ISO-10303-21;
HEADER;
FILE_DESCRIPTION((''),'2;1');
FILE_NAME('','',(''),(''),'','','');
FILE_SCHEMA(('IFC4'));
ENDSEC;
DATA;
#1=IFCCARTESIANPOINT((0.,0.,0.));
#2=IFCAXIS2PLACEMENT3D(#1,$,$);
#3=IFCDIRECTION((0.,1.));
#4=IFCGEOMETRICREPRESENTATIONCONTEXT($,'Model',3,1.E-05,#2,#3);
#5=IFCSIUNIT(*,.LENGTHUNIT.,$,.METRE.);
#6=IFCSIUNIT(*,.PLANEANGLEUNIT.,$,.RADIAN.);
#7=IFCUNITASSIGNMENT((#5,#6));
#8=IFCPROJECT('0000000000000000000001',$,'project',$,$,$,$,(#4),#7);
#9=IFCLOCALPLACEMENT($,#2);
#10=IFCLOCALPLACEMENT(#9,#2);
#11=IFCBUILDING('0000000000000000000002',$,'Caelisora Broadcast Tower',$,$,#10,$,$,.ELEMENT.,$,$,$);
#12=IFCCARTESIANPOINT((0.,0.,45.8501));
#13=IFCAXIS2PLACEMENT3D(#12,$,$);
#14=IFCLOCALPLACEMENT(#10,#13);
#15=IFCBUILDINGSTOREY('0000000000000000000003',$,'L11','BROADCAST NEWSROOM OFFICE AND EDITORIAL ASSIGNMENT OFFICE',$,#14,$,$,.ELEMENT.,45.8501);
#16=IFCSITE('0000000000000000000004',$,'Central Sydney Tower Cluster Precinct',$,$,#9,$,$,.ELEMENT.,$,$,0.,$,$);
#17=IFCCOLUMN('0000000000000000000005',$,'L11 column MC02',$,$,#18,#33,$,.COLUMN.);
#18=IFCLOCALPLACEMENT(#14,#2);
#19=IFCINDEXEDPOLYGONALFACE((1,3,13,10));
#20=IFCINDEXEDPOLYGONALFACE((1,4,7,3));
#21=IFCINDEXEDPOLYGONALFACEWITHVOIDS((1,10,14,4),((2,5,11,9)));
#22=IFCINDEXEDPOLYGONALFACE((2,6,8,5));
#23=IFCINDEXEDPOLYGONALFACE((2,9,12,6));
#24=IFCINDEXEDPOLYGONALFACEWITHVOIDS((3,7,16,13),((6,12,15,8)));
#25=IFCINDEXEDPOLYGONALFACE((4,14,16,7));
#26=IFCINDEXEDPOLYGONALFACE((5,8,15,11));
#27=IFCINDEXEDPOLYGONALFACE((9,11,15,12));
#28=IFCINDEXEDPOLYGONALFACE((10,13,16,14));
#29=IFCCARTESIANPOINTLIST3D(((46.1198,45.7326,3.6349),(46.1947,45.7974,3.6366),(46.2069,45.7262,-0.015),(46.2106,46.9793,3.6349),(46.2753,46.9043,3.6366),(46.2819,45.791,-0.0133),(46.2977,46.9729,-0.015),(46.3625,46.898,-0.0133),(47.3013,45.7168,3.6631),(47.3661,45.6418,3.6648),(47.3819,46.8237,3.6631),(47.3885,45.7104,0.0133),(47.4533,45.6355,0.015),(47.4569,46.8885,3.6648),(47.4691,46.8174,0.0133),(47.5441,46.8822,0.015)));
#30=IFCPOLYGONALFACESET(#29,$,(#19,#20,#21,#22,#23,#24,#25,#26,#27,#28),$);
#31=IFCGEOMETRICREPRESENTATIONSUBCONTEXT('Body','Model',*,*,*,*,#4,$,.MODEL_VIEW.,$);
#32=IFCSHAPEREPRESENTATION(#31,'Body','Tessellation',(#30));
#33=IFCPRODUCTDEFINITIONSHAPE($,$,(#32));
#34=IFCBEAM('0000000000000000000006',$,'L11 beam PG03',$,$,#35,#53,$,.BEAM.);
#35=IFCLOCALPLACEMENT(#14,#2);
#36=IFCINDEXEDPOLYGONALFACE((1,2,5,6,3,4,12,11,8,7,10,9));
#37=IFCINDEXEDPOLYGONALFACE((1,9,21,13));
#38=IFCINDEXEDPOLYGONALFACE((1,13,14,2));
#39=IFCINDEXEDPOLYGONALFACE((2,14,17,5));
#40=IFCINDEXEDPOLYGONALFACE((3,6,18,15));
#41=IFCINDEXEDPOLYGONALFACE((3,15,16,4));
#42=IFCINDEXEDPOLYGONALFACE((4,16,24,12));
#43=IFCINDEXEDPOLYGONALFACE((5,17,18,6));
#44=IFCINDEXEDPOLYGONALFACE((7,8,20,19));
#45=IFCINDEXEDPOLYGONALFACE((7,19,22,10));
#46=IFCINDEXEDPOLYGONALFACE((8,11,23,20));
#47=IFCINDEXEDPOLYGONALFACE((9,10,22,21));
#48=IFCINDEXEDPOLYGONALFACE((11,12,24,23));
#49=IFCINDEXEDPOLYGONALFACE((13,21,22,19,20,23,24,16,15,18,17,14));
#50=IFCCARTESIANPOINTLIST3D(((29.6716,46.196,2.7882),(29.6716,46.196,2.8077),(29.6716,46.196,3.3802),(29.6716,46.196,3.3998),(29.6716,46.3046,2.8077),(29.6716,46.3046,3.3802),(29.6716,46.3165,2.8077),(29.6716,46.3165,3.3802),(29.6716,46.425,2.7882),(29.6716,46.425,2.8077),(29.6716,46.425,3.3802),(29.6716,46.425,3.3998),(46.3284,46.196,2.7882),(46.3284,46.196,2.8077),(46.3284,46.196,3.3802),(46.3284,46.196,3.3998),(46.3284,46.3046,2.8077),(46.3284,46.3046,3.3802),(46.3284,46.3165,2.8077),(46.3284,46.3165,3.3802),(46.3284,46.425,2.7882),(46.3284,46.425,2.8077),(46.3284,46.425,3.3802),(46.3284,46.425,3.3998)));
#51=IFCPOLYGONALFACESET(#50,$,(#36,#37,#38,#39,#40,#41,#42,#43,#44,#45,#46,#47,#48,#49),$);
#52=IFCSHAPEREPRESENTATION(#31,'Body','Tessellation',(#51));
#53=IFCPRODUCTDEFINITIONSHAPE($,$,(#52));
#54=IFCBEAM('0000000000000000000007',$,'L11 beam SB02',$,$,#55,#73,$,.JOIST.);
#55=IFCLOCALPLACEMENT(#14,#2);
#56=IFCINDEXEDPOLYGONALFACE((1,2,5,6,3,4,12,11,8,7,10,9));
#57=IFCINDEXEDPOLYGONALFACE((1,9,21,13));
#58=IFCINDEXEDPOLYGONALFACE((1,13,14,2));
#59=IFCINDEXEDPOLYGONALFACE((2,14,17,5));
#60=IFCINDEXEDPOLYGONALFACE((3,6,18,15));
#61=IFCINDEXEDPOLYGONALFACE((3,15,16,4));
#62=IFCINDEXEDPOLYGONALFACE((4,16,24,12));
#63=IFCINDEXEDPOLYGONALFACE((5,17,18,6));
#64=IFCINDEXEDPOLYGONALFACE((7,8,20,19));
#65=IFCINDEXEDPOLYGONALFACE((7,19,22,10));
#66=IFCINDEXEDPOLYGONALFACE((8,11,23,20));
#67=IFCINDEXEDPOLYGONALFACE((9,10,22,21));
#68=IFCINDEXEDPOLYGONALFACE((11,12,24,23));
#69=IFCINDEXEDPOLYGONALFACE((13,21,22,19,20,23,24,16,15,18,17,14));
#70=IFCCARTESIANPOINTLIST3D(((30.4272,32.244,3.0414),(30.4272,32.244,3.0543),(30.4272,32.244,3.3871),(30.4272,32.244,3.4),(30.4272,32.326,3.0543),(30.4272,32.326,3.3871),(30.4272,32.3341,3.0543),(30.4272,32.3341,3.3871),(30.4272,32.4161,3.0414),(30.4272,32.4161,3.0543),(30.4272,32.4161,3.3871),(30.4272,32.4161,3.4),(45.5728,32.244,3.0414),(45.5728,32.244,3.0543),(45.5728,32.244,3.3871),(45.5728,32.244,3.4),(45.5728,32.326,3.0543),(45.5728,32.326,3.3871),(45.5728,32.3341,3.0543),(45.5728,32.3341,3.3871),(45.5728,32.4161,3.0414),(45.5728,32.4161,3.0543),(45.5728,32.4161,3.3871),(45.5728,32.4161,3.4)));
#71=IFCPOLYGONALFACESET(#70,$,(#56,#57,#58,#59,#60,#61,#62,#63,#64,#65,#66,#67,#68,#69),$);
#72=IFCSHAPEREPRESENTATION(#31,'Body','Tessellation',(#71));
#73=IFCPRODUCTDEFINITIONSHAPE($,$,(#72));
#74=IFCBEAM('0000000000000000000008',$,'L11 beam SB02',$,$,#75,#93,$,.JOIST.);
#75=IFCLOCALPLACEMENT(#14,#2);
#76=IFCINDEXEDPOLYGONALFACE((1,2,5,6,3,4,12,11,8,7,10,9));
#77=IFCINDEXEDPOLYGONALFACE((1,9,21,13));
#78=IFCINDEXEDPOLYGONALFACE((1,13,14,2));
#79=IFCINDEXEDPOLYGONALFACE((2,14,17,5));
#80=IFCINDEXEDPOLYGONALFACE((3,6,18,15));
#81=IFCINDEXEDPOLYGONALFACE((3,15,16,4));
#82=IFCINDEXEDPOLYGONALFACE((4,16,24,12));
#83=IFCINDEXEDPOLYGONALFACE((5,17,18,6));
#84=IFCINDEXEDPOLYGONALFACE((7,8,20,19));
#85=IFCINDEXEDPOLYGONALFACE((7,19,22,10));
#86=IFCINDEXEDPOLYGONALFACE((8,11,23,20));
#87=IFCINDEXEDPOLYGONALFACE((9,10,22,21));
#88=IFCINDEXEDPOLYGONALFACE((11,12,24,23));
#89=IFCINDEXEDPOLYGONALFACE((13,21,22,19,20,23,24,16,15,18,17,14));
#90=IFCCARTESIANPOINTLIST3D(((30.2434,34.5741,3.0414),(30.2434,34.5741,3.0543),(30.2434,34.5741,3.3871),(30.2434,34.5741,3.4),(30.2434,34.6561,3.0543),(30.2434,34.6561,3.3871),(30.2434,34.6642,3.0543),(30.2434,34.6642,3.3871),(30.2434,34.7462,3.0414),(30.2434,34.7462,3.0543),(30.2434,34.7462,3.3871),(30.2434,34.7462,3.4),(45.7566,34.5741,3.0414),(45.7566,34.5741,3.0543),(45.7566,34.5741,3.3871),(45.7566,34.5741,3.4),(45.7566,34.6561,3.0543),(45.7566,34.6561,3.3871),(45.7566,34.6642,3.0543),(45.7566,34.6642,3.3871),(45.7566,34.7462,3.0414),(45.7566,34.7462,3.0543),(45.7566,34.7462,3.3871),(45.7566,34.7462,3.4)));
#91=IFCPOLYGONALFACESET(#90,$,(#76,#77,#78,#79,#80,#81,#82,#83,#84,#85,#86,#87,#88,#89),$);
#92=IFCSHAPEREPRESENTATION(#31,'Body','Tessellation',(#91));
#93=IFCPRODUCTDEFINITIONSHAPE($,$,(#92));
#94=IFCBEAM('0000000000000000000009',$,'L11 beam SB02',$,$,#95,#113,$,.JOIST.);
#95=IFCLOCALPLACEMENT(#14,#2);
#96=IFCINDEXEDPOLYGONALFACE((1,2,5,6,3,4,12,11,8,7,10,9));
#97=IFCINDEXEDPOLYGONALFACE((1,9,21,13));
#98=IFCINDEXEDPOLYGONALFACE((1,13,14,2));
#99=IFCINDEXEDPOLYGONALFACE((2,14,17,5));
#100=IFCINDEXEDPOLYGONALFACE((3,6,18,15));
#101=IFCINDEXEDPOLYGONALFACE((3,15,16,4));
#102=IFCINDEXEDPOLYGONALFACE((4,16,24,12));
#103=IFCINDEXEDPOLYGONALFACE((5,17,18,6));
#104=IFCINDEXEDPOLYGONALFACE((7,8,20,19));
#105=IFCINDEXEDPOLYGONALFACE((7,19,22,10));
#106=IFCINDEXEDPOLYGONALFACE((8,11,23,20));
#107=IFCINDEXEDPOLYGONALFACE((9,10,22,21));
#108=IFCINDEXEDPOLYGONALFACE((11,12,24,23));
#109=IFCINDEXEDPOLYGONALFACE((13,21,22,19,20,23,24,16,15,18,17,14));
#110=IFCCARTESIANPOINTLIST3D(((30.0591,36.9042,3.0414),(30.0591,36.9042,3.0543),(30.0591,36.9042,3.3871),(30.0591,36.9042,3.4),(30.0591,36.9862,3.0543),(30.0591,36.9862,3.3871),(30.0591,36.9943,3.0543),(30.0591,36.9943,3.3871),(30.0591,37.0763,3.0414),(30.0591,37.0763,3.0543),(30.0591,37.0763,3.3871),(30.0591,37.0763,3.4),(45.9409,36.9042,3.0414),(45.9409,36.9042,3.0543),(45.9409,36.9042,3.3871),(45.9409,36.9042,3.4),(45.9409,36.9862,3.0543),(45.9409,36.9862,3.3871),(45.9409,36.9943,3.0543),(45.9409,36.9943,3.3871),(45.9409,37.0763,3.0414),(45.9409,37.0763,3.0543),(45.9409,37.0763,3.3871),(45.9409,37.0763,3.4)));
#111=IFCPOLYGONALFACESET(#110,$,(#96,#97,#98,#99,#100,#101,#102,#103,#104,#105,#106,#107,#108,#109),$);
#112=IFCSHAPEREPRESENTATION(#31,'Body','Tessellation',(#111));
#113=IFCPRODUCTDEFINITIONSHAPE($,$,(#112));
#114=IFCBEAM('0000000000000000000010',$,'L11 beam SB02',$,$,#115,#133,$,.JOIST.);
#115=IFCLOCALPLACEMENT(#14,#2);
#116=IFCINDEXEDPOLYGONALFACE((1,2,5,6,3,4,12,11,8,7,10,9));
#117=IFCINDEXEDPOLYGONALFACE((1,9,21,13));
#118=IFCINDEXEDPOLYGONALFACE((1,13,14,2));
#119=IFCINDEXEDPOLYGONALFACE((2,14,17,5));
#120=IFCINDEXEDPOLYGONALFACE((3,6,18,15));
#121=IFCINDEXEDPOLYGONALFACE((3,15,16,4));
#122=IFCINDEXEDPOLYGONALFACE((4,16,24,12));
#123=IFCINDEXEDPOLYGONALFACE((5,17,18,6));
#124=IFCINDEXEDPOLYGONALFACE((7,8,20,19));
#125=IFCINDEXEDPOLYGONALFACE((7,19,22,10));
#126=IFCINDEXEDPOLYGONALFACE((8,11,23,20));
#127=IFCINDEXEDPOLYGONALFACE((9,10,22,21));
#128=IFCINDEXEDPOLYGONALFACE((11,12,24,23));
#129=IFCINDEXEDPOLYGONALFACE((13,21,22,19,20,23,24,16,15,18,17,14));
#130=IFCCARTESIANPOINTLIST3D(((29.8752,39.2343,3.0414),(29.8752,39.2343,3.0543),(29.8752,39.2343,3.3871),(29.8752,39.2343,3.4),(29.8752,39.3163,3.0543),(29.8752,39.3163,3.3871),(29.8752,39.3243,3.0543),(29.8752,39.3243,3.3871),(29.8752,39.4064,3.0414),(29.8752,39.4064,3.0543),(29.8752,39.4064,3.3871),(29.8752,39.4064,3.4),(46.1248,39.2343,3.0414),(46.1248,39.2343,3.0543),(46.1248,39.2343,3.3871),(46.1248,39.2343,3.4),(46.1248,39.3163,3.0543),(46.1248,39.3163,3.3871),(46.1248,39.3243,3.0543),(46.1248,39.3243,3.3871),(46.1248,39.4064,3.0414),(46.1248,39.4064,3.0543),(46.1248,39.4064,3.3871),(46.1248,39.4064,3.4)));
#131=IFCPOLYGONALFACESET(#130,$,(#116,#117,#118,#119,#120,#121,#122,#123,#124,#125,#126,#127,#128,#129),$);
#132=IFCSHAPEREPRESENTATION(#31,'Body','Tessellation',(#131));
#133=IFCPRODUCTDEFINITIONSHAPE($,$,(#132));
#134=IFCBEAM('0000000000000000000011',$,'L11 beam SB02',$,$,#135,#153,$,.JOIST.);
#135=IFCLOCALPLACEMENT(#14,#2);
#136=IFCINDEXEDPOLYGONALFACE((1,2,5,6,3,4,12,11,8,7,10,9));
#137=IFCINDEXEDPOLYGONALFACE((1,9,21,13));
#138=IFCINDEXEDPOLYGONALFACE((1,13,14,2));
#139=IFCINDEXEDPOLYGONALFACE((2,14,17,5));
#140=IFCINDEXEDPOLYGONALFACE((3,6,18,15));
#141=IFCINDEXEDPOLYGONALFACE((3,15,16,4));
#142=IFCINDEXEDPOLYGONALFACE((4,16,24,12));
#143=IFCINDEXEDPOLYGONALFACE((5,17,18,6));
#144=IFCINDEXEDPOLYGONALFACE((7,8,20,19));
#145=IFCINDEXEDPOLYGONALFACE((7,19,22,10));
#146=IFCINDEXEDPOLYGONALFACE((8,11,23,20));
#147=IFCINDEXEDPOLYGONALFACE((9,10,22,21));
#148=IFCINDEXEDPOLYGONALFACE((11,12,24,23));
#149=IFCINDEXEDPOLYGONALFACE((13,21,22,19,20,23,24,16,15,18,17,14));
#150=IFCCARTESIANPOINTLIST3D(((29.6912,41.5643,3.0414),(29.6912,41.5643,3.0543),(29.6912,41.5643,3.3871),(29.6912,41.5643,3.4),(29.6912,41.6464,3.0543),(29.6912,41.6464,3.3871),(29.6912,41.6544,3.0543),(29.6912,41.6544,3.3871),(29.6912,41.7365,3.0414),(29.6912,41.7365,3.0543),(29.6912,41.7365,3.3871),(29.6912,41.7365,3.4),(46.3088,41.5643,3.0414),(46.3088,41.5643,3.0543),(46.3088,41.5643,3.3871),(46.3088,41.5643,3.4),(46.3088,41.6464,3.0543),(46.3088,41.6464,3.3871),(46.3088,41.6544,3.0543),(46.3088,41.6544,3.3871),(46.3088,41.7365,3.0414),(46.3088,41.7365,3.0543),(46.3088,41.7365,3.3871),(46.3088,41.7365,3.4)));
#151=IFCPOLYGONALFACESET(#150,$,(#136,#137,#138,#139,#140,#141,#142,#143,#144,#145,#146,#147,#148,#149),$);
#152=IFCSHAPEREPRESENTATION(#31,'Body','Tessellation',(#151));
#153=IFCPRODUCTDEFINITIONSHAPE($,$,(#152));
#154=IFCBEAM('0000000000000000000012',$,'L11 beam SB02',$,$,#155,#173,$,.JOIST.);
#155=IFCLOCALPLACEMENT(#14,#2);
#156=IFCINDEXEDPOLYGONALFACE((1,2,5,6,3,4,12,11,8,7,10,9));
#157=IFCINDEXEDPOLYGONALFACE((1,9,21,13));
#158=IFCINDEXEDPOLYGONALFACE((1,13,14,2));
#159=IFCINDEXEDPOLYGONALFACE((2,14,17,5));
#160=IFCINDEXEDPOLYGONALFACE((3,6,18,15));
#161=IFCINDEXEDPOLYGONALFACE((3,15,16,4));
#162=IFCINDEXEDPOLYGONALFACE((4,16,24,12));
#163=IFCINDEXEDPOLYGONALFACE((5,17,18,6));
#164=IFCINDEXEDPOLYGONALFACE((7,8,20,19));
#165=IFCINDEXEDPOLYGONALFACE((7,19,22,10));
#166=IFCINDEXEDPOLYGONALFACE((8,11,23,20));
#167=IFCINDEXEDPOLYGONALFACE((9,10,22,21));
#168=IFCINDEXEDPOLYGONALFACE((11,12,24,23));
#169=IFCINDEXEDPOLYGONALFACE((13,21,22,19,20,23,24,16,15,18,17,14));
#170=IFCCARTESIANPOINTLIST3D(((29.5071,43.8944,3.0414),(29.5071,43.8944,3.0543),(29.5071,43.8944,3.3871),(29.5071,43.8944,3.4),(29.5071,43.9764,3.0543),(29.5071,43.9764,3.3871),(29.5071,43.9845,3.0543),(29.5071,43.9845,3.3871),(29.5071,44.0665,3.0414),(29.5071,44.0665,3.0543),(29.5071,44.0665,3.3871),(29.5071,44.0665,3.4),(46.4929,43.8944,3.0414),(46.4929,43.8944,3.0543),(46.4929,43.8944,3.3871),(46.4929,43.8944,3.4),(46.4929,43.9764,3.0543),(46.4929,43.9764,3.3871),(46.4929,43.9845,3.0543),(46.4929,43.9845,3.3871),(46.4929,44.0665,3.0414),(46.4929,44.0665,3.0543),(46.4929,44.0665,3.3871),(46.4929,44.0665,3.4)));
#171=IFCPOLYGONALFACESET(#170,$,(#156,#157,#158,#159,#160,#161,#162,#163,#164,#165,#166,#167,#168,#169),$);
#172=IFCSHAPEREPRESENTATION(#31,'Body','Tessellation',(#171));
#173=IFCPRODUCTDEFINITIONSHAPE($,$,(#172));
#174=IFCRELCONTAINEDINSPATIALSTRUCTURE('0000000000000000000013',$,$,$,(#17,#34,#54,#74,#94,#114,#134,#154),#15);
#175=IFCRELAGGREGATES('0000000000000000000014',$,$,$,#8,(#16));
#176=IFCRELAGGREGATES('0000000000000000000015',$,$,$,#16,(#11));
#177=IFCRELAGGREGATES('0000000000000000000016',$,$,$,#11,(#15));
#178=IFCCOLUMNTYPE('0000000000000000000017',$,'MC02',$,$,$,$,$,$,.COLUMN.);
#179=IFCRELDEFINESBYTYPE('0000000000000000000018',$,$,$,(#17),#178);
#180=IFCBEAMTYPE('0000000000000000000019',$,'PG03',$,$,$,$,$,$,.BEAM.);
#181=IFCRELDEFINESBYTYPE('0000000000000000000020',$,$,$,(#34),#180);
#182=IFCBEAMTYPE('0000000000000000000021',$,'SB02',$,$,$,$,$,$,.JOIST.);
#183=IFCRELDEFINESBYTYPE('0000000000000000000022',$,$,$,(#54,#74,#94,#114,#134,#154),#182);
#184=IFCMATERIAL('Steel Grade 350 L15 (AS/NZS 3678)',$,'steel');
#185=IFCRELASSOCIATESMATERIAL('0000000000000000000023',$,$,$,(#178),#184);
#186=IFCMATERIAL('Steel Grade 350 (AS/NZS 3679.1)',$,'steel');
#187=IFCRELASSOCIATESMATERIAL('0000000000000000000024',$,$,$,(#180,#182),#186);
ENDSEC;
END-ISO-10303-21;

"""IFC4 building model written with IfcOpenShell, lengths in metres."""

from ifc_helpers import new_model, si_unit, direction, frame, origin, origin_2d, place, context, subcontext, project, spatial, hollow_rectangle, i_section, extrude, source, transform, mapped, material, material_profile, profile_set, type_object, type_shapes, element, save


model = new_model("IFC4")

# Units and contexts
model_context = context("Model", 3, precision=1e-05, world=origin(), true_north=direction((0.0, 1.0)))
body_context = subcontext(model_context, "Body", "Model", "MODEL_VIEW")
ifc_project = project(units=[si_unit("LENGTHUNIT", "METRE"), si_unit("PLANEANGLEUNIT", "RADIAN")], contexts=[model_context])

# Site, building, storey
site_placement = place(None, origin())
site = spatial("IfcSite", under=ifc_project, at=site_placement, Name="Central Sydney Tower Cluster Precinct", CompositionType="ELEMENT", RefElevation=0.0)
building_placement = place(site_placement, origin())
building = spatial("IfcBuilding", under=site, at=building_placement, Name="Caelisora Broadcast Tower", CompositionType="ELEMENT")
storey_placement = place(building_placement, frame((0.0, 0.0, 45.8501)))
storey = spatial("IfcBuildingStorey", under=building, at=storey_placement, Name="L11", Description="BROADCAST NEWSROOM OFFICE AND EDITORIAL ASSIGNMENT OFFICE", CompositionType="ELEMENT", Elevation=45.8501)

# Column
ifc_material_1 = material(Name="Steel Grade 350 L15 (AS/NZS 3678)", Category="steel")
ifc_material_profile_1 = material_profile(ifc_material_1, hollow_rectangle(XDim=1.25, YDim=1.25, WallThickness=0.0701, at=origin_2d()), Name="Steel Grade 350 L15 (AS/NZS 3678)")
ifc_profile_set_1 = profile_set([ifc_material_profile_1], Name="Steel Grade 350 L15 (AS/NZS 3678)")
column_type = type_object("IfcColumnType", Name="MC02", PredefinedType="COLUMN", material=ifc_profile_set_1)
shared_shape_1 = source(origin(), body_context, "Body", "SweptSolid", [
    extrude(hollow_rectangle(XDim=1.25, YDim=1.25, WallThickness=0.0701, at=origin_2d()), origin(), (0.0, 0.0, 1.0), 3.6509),
])
type_shapes(column_type, [shared_shape_1])
column_placement = place(storey_placement, frame((46.8755, 46.3042, 0.0), z_axis=(-0.023873, 0.001739, 0.999713), x_axis=(-0.072637, -0.997358, 0.0)))
element("IfcColumn", 1, at=column_placement, inside=storey, type_object=column_type, Name="L11 column MC02", PredefinedType="COLUMN", context=body_context, shape_type="MappedRepresentation", body=[
    mapped(shared_shape_1, transform((0.0, 0.0, 0.0), scale=1.0)),
])

# Beams
ifc_material_2 = material(Name="Steel Grade 350 (AS/NZS 3679.1)", Category="steel")
ifc_material_profile_2 = material_profile(ifc_material_2, i_section(OverallWidth=0.229, OverallDepth=0.6116, WebThickness=0.012, FlangeThickness=0.0195, at=origin_2d()), Name="Steel Grade 350 (AS/NZS 3679.1)")
ifc_profile_set_2 = profile_set([ifc_material_profile_2], Name="Steel Grade 350 (AS/NZS 3679.1)")
beam_type_1 = type_object("IfcBeamType", Name="PG03", PredefinedType="BEAM", material=ifc_profile_set_2)
shared_shape_2 = source(origin(), body_context, "Body", "SweptSolid", [
    extrude(i_section(OverallWidth=0.229, OverallDepth=0.6116, WebThickness=0.012, FlangeThickness=0.0195, at=origin_2d()), origin(), (0.0, 0.0, 1.0), 16.6567),
])
type_shapes(beam_type_1, [shared_shape_2])
beam_1_placement = place(storey_placement, frame((46.3284, 46.3105, 3.094), z_axis=(-1.0, 0.0, 0.0), x_axis=(0.0, -1.0, 0.0)))
element("IfcBeam", 2, at=beam_1_placement, inside=storey, type_object=beam_type_1, Name="L11 beam PG03", PredefinedType="BEAM", context=body_context, shape_type="MappedRepresentation", body=[
    mapped(shared_shape_2, transform((0.0, 0.0, 0.0), scale=1.0)),
])
ifc_material_profile_3 = material_profile(ifc_material_2, i_section(OverallWidth=0.1721, OverallDepth=0.3586, WebThickness=0.0081, FlangeThickness=0.0129, at=origin_2d()), Name="Steel Grade 350 (AS/NZS 3679.1)")
ifc_profile_set_3 = profile_set([ifc_material_profile_3], Name="Steel Grade 350 (AS/NZS 3679.1)")
beam_type_2 = type_object("IfcBeamType", Name="SB02", PredefinedType="JOIST", material=ifc_profile_set_3)
shared_shape_3 = source(origin(), body_context, "Body", "SweptSolid", [
    extrude(i_section(OverallWidth=0.1721, OverallDepth=0.3586, WebThickness=0.0081, FlangeThickness=0.0129, at=origin_2d()), origin(), (0.0, 0.0, 1.0), 15.1455),
])
beam_2_placement = place(storey_placement, frame((45.5728, 32.3301, 3.2207), z_axis=(-1.0, 0.0, 0.0), x_axis=(0.0, -1.0, 0.0)))
element("IfcBeam", 3, at=beam_2_placement, inside=storey, type_object=beam_type_2, Name="L11 beam SB02", PredefinedType="JOIST", context=body_context, shape_type="MappedRepresentation", body=[
    mapped(shared_shape_3, transform((0.0, 0.0, 0.0), scale=1.0)),
])
shared_shape_4 = source(origin(), body_context, "Body", "SweptSolid", [
    extrude(i_section(OverallWidth=0.1721, OverallDepth=0.3586, WebThickness=0.0081, FlangeThickness=0.0129, at=origin_2d()), origin(), (0.0, 0.0, 1.0), 15.5132),
])
beam_3_placement = place(storey_placement, frame((45.7566, 34.6602, 3.2207), z_axis=(-1.0, 0.0, 0.0), x_axis=(0.0, -1.0, 0.0)))
element("IfcBeam", 4, at=beam_3_placement, inside=storey, type_object=beam_type_2, Name="L11 beam SB02", PredefinedType="JOIST", context=body_context, shape_type="MappedRepresentation", body=[
    mapped(shared_shape_4, transform((0.0, 0.0, 0.0), scale=1.0)),
])
shared_shape_5 = source(origin(), body_context, "Body", "SweptSolid", [
    extrude(i_section(OverallWidth=0.1721, OverallDepth=0.3586, WebThickness=0.0081, FlangeThickness=0.0129, at=origin_2d()), origin(), (0.0, 0.0, 1.0), 15.8818),
])
beam_4_placement = place(storey_placement, frame((45.9409, 36.9902, 3.2207), z_axis=(-1.0, 0.0, 0.0), x_axis=(0.0, -1.0, 0.0)))
element("IfcBeam", 5, at=beam_4_placement, inside=storey, type_object=beam_type_2, Name="L11 beam SB02", PredefinedType="JOIST", context=body_context, shape_type="MappedRepresentation", body=[
    mapped(shared_shape_5, transform((0.0, 0.0, 0.0), scale=1.0)),
])
shared_shape_6 = source(origin(), body_context, "Body", "SweptSolid", [
    extrude(i_section(OverallWidth=0.1721, OverallDepth=0.3586, WebThickness=0.0081, FlangeThickness=0.0129, at=origin_2d()), origin(), (0.0, 0.0, 1.0), 16.2495),
])
beam_5_placement = place(storey_placement, frame((46.1248, 39.3203, 3.2207), z_axis=(-1.0, 0.0, 0.0), x_axis=(0.0, -1.0, 0.0)))
element("IfcBeam", 6, at=beam_5_placement, inside=storey, type_object=beam_type_2, Name="L11 beam SB02", PredefinedType="JOIST", context=body_context, shape_type="MappedRepresentation", body=[
    mapped(shared_shape_6, transform((0.0, 0.0, 0.0), scale=1.0)),
])
shared_shape_7 = source(origin(), body_context, "Body", "SweptSolid", [
    extrude(i_section(OverallWidth=0.1721, OverallDepth=0.3586, WebThickness=0.0081, FlangeThickness=0.0129, at=origin_2d()), origin(), (0.0, 0.0, 1.0), 16.6177),
])
beam_6_placement = place(storey_placement, frame((46.3088, 41.6504, 3.2207), z_axis=(-1.0, 0.0, 0.0), x_axis=(0.0, -1.0, 0.0)))
element("IfcBeam", 7, at=beam_6_placement, inside=storey, type_object=beam_type_2, Name="L11 beam SB02", PredefinedType="JOIST", context=body_context, shape_type="MappedRepresentation", body=[
    mapped(shared_shape_7, transform((0.0, 0.0, 0.0), scale=1.0)),
])
shared_shape_8 = source(origin(), body_context, "Body", "SweptSolid", [
    extrude(i_section(OverallWidth=0.1721, OverallDepth=0.3586, WebThickness=0.0081, FlangeThickness=0.0129, at=origin_2d()), origin(), (0.0, 0.0, 1.0), 16.9858),
])
beam_7_placement = place(storey_placement, frame((46.4929, 43.9805, 3.2207), z_axis=(-1.0, 0.0, 0.0), x_axis=(0.0, -1.0, 0.0)))
element("IfcBeam", 8, at=beam_7_placement, inside=storey, type_object=beam_type_2, Name="L11 beam SB02", PredefinedType="JOIST", context=body_context, shape_type="MappedRepresentation", body=[
    mapped(shared_shape_8, transform((0.0, 0.0, 0.0), scale=1.0)),
])

save(model, "model.ifc")
